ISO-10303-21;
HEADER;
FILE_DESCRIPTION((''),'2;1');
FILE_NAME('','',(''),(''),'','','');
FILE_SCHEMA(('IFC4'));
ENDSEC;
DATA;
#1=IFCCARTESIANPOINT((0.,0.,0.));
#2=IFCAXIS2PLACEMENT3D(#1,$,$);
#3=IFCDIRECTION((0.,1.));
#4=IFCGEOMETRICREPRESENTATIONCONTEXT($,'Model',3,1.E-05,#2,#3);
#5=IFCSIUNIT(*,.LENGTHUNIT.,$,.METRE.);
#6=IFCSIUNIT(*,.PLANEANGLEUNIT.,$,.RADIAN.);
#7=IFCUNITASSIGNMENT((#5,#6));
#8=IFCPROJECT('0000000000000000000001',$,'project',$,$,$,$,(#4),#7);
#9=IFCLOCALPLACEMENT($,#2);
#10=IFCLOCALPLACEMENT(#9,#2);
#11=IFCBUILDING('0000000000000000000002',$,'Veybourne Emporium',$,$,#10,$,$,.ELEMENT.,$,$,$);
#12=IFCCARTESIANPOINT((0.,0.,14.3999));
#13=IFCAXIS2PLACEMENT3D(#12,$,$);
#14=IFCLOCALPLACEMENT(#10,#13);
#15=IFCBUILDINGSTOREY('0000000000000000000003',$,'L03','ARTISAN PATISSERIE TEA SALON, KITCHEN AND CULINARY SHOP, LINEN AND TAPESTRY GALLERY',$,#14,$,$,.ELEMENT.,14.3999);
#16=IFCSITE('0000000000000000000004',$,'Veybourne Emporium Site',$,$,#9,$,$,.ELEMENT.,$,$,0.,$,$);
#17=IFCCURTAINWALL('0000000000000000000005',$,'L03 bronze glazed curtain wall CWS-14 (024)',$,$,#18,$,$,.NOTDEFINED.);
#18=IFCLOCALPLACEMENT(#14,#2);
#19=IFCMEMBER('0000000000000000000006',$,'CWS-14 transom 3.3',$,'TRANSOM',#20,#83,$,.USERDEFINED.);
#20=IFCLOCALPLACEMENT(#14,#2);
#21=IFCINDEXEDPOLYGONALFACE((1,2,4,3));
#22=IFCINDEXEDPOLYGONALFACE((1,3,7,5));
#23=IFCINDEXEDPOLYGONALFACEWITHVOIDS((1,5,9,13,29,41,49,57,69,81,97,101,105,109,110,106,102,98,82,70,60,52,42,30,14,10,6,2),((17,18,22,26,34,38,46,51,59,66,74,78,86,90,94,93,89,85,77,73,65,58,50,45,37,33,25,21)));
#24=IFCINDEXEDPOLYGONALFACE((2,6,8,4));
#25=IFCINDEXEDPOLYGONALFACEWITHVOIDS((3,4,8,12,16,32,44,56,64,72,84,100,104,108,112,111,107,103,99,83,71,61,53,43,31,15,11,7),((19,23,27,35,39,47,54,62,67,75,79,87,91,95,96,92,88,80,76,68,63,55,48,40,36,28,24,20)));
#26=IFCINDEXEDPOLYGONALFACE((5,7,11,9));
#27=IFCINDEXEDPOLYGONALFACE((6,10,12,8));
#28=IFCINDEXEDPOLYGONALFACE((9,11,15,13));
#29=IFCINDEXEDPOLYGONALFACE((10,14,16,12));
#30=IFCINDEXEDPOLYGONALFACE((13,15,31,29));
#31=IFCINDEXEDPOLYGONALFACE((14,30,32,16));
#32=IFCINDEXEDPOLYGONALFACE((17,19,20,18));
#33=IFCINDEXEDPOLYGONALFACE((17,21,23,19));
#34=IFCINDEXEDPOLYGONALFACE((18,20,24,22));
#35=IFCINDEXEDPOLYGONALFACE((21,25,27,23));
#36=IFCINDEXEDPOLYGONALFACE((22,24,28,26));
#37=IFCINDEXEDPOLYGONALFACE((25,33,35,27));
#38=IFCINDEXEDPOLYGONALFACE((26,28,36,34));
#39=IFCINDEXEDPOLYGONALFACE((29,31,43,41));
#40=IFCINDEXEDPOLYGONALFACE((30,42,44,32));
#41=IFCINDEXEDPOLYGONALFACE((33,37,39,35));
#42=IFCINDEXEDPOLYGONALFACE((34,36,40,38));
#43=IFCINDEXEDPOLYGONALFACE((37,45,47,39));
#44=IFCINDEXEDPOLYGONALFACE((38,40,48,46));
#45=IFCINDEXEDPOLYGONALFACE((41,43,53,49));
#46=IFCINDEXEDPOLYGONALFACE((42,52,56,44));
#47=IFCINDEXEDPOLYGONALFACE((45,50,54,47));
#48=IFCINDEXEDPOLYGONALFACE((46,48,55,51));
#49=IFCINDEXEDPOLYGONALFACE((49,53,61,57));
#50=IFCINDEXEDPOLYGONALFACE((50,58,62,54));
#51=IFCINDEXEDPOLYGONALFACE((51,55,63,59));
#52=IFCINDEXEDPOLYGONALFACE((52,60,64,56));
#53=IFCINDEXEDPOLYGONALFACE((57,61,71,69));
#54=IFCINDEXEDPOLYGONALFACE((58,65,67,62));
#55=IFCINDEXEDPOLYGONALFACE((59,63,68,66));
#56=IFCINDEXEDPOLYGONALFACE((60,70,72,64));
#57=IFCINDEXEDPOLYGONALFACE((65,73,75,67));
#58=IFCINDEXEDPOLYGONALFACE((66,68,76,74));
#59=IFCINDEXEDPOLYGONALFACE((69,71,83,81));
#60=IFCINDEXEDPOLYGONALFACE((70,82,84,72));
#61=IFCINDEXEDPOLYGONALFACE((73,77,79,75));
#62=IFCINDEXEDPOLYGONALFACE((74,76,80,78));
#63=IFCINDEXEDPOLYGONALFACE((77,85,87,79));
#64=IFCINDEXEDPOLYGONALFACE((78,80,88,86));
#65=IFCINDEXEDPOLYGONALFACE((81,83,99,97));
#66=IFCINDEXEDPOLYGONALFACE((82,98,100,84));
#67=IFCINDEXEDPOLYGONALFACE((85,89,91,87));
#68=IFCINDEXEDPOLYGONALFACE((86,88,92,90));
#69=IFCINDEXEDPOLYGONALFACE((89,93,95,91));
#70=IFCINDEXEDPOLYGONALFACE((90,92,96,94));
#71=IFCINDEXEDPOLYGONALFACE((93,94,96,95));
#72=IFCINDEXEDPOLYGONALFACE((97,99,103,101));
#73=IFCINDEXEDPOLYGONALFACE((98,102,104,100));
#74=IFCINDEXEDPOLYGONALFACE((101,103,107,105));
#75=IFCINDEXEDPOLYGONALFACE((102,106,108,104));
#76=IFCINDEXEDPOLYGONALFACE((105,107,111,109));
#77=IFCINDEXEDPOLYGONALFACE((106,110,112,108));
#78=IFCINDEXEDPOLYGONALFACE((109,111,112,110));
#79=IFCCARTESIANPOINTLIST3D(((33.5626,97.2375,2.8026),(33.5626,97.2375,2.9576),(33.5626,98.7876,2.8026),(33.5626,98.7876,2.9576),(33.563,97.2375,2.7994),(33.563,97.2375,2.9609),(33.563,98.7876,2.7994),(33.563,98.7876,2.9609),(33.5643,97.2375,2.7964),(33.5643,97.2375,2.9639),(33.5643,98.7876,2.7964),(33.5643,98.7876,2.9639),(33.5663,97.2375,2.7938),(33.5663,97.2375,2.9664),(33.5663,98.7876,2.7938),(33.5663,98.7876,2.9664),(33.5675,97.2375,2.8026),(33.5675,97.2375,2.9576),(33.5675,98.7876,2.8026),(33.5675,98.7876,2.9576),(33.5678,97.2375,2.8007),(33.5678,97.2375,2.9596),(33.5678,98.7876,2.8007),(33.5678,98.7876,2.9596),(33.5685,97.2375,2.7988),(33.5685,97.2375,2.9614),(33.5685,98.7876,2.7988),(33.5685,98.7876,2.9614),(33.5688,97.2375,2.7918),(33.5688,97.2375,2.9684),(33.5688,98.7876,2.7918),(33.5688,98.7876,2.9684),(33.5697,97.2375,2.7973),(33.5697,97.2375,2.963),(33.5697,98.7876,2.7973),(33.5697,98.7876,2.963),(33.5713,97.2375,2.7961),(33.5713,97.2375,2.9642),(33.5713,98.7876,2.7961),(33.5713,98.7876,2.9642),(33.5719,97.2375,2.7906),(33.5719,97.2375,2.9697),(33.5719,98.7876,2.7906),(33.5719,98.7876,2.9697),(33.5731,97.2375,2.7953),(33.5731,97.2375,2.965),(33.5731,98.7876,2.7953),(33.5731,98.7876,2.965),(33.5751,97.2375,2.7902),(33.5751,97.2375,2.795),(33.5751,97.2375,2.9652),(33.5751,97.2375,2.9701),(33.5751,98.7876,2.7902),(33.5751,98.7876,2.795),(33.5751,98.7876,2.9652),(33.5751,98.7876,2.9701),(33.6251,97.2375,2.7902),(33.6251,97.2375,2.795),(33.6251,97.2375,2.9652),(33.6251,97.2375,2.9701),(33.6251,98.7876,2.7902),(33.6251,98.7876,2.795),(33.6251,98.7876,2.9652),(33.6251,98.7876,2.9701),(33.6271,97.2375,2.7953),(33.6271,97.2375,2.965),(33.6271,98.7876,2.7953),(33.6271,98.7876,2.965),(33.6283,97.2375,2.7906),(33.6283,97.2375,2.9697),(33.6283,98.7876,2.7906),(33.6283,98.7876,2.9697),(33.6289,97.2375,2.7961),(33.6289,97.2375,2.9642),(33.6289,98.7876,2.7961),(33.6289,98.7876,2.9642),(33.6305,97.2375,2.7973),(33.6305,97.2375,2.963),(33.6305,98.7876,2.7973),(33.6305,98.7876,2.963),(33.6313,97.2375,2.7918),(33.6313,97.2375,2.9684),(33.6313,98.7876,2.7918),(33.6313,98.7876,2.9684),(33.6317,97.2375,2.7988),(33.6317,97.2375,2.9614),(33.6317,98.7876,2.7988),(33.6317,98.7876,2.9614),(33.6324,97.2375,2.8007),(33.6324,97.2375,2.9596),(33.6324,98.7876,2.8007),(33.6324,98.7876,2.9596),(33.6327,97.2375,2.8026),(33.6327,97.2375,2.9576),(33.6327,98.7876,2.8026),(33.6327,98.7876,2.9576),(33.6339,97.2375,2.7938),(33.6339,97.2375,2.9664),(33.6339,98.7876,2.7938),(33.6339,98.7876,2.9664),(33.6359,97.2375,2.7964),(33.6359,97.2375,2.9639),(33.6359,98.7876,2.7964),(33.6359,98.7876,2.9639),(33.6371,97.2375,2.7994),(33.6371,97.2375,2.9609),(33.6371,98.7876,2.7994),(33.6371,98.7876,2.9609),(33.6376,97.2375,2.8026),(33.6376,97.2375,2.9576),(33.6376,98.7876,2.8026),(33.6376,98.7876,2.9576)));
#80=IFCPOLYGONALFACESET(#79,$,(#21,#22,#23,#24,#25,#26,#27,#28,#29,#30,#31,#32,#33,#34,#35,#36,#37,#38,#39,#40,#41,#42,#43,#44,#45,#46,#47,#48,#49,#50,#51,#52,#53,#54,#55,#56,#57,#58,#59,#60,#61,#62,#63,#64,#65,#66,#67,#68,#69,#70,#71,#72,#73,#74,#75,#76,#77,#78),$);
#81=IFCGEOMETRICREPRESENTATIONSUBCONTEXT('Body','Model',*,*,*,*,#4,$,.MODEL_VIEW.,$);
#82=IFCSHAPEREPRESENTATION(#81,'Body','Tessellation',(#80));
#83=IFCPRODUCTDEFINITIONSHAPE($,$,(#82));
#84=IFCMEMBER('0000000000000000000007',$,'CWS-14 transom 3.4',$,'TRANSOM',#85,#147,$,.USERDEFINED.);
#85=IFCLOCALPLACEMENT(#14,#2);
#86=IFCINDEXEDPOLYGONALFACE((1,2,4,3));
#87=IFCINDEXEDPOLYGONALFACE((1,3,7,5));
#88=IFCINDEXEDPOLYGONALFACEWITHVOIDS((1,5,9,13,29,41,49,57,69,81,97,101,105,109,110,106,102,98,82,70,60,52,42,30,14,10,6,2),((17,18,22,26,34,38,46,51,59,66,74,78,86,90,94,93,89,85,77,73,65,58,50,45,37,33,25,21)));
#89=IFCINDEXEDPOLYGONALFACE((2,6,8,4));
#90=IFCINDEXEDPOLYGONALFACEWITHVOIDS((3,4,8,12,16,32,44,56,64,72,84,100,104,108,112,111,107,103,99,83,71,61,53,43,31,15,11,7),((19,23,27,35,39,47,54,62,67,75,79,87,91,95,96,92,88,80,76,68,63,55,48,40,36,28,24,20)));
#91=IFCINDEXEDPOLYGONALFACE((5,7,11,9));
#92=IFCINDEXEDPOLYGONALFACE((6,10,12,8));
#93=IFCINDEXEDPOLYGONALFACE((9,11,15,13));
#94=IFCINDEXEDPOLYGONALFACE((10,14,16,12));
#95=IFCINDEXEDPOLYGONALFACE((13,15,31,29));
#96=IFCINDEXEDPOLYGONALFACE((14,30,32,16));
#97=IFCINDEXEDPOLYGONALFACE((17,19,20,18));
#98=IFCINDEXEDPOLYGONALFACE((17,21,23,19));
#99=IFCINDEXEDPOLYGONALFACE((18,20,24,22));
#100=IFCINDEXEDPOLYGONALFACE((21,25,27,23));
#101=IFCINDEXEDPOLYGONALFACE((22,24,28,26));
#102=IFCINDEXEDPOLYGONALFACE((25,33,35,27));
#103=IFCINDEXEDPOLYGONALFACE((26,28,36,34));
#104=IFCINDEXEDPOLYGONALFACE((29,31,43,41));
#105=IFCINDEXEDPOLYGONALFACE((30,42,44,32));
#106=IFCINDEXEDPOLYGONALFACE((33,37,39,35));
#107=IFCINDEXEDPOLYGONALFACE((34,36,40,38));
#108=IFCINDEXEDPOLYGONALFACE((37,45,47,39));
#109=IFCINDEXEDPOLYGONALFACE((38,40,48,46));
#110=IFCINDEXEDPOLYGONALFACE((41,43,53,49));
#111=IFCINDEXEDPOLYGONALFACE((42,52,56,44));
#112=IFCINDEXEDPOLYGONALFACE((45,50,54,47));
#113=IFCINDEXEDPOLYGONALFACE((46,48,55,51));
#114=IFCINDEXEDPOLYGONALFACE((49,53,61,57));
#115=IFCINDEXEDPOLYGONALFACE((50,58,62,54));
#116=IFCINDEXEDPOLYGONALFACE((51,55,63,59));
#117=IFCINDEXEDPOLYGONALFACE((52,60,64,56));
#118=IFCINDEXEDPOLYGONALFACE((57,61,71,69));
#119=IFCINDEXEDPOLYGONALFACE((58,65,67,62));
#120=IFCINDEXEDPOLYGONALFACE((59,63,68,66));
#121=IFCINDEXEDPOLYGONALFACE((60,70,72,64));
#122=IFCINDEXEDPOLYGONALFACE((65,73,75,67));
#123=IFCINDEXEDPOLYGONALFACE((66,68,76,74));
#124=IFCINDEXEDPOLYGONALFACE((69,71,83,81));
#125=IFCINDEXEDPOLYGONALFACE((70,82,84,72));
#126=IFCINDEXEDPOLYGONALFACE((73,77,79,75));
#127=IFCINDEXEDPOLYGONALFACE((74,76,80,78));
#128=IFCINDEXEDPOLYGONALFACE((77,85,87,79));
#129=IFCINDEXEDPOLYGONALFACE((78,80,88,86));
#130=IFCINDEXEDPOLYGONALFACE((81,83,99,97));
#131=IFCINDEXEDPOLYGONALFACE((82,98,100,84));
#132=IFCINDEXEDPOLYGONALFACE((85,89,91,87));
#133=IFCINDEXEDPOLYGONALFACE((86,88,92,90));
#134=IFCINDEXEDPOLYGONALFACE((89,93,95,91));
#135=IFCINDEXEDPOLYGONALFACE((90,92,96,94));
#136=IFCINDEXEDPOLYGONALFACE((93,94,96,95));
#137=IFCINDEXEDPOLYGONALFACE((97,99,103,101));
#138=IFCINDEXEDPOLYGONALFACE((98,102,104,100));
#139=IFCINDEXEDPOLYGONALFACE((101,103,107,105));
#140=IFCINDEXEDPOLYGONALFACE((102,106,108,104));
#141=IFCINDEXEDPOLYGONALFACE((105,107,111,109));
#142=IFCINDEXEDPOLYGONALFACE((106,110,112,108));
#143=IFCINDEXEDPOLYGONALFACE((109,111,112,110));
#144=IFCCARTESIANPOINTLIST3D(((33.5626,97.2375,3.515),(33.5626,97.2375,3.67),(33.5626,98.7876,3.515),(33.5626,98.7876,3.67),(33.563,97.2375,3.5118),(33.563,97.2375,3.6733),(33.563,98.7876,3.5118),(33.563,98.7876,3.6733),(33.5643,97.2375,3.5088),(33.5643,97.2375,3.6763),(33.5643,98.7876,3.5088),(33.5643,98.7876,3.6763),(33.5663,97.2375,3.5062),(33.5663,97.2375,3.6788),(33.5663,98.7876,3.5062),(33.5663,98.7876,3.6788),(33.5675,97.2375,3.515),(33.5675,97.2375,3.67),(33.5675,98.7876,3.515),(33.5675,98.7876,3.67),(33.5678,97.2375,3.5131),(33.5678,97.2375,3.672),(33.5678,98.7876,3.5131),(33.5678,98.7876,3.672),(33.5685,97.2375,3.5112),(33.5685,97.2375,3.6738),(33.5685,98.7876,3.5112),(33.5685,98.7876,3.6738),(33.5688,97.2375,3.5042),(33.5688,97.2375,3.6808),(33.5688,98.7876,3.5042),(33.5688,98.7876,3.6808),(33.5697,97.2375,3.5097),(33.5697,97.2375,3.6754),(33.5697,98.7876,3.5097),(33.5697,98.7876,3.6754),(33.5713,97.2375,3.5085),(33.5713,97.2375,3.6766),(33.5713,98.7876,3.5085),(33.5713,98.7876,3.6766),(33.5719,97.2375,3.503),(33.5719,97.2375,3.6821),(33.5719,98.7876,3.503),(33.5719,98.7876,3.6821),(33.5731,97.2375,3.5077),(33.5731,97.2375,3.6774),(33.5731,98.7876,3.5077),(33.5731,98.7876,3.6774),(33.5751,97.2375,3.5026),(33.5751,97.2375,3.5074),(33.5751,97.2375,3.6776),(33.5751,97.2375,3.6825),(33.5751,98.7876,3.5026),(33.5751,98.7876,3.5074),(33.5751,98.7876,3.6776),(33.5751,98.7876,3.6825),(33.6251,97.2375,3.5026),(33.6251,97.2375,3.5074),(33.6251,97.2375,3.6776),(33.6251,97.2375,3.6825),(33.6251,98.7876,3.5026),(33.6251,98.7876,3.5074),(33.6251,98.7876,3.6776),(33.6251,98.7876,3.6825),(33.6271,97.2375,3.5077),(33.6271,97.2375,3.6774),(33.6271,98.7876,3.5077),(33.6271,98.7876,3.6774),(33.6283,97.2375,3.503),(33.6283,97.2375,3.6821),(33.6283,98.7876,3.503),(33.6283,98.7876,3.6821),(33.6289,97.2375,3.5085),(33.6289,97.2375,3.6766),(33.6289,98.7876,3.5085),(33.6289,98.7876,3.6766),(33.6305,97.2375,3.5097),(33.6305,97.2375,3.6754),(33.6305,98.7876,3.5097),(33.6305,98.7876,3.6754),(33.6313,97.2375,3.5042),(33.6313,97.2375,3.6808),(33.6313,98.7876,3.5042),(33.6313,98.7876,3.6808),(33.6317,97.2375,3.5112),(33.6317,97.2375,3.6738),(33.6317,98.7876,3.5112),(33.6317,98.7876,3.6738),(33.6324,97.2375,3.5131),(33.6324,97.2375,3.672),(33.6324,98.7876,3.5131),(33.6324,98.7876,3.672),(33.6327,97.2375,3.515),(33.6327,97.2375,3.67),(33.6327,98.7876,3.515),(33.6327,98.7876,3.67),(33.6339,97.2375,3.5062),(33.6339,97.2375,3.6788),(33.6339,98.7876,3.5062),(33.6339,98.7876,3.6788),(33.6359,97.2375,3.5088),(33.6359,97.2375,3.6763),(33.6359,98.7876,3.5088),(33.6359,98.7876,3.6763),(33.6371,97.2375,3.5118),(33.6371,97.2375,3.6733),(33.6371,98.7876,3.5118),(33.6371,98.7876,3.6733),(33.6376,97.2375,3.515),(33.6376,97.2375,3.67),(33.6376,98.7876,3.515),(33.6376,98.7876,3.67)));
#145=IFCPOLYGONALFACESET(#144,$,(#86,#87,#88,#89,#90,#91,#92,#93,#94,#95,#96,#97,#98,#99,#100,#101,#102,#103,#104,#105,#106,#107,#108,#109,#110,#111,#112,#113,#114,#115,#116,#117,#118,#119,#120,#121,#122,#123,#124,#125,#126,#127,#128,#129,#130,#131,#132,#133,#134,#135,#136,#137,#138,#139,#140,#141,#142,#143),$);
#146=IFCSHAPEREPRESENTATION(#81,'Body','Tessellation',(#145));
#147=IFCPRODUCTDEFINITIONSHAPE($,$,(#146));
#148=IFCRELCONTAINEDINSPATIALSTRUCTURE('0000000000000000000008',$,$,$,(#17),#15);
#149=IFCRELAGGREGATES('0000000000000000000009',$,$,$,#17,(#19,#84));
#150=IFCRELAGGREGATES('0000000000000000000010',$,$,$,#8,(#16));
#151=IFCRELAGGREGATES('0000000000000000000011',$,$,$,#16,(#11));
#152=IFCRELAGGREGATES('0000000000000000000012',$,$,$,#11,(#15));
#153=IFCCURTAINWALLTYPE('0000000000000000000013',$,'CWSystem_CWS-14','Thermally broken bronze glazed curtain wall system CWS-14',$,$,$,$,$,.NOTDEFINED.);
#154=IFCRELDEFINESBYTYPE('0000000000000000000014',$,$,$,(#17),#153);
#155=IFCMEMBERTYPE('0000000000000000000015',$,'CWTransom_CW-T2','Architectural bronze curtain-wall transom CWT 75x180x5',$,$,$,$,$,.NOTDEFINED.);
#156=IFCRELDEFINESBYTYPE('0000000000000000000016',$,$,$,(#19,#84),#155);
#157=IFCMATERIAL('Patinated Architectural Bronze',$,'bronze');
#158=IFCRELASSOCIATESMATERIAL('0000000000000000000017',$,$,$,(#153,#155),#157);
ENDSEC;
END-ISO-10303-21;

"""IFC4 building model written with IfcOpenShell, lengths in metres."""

from ifc_helpers import new_model, si_unit, direction, frame, origin, origin_2d, place, context, subcontext, project, spatial, hollow_rectangle, extrude, material, material_profile, profile_set, type_object, element, aggregate, save


model = new_model("IFC4")

# Units and contexts
model_context = context("Model", 3, precision=1e-05, world=origin(), true_north=direction((0.0, 1.0)))
body_context = subcontext(model_context, "Body", "Model", "MODEL_VIEW")
ifc_project = project(units=[si_unit("LENGTHUNIT", "METRE"), si_unit("PLANEANGLEUNIT", "RADIAN")], contexts=[model_context])

# Site, building, storey
site_placement = place(None, origin())
site = spatial("IfcSite", under=ifc_project, at=site_placement, Name="Veybourne Emporium Site", CompositionType="ELEMENT", RefElevation=0.0)
building_placement = place(site_placement, origin())
building = spatial("IfcBuilding", under=site, at=building_placement, Name="Veybourne Emporium", CompositionType="ELEMENT")
storey_placement = place(building_placement, frame((0.0, 0.0, 14.3999)))
storey = spatial("IfcBuildingStorey", under=building, at=storey_placement, Name="L03", Description="ARTISAN PATISSERIE TEA SALON, KITCHEN AND CULINARY SHOP, LINEN AND TAPESTRY GALLERY", CompositionType="ELEMENT", Elevation=14.3999)

# Curtain wall, members
ifc_material_1 = material(Name="Patinated Architectural Bronze", Category="bronze")
curtain_wall_type = type_object("IfcCurtainWallType", Name="CWSystem_CWS-14", Description="Thermally broken bronze glazed curtain wall system CWS-14", PredefinedType="NOTDEFINED", material=ifc_material_1)
curtain_wall_placement = place(storey_placement, origin())
curtain_wall = element("IfcCurtainWall", 1, at=curtain_wall_placement, inside=storey, type_object=curtain_wall_type, Name="L03 bronze glazed curtain wall CWS-14 (024)", PredefinedType="NOTDEFINED")
ifc_material_profile_1 = material_profile(ifc_material_1, hollow_rectangle(XDim=0.075, YDim=0.1799, WallThickness=0.0049, InnerFilletRadius=0.0076, OuterFilletRadius=0.0125, at=origin_2d()), Name="CWT 75x180x5")
ifc_profile_set_1 = profile_set([ifc_material_profile_1], Name="Patinated Architectural Bronze")
member_type_1 = type_object("IfcMemberType", Name="CWTransom_CW-T2", Description="Architectural bronze curtain-wall transom CWT 75x180x5", PredefinedType="NOTDEFINED", material=ifc_profile_set_1)
member_1_placement = place(storey_placement, frame((33.6001, 97.2375, 2.8801), z_axis=(0.0, 1.0, 0.0), x_axis=(-1.0, 0.0, 0.0)))
member_1 = element("IfcMember", 2, at=member_1_placement, type_object=member_type_1, Name="CWS-14 transom 3.3", ObjectType="TRANSOM", PredefinedType="USERDEFINED", context=body_context, shape_type="SweptSolid", body=[
    extrude(hollow_rectangle(XDim=0.075, YDim=0.1799, WallThickness=0.0049, InnerFilletRadius=0.0076, OuterFilletRadius=0.0125, at=origin_2d()), origin(), (0.0, 0.0, 1.0), 1.55),
])
member_2_placement = place(storey_placement, frame((33.6001, 97.2375, 3.5925), z_axis=(0.0, 1.0, 0.0), x_axis=(-1.0, 0.0, 0.0)))
member_2 = element("IfcMember", 3, at=member_2_placement, type_object=member_type_1, Name="CWS-14 transom 3.4", ObjectType="TRANSOM", PredefinedType="USERDEFINED", context=body_context, shape_type="SweptSolid", body=[
    extrude(hollow_rectangle(XDim=0.075, YDim=0.1799, WallThickness=0.0049, InnerFilletRadius=0.0076, OuterFilletRadius=0.0125, at=origin_2d()), origin(), (0.0, 0.0, 1.0), 1.55),
])
aggregate(curtain_wall, [member_1, member_2])

save(model, "model.ifc")
